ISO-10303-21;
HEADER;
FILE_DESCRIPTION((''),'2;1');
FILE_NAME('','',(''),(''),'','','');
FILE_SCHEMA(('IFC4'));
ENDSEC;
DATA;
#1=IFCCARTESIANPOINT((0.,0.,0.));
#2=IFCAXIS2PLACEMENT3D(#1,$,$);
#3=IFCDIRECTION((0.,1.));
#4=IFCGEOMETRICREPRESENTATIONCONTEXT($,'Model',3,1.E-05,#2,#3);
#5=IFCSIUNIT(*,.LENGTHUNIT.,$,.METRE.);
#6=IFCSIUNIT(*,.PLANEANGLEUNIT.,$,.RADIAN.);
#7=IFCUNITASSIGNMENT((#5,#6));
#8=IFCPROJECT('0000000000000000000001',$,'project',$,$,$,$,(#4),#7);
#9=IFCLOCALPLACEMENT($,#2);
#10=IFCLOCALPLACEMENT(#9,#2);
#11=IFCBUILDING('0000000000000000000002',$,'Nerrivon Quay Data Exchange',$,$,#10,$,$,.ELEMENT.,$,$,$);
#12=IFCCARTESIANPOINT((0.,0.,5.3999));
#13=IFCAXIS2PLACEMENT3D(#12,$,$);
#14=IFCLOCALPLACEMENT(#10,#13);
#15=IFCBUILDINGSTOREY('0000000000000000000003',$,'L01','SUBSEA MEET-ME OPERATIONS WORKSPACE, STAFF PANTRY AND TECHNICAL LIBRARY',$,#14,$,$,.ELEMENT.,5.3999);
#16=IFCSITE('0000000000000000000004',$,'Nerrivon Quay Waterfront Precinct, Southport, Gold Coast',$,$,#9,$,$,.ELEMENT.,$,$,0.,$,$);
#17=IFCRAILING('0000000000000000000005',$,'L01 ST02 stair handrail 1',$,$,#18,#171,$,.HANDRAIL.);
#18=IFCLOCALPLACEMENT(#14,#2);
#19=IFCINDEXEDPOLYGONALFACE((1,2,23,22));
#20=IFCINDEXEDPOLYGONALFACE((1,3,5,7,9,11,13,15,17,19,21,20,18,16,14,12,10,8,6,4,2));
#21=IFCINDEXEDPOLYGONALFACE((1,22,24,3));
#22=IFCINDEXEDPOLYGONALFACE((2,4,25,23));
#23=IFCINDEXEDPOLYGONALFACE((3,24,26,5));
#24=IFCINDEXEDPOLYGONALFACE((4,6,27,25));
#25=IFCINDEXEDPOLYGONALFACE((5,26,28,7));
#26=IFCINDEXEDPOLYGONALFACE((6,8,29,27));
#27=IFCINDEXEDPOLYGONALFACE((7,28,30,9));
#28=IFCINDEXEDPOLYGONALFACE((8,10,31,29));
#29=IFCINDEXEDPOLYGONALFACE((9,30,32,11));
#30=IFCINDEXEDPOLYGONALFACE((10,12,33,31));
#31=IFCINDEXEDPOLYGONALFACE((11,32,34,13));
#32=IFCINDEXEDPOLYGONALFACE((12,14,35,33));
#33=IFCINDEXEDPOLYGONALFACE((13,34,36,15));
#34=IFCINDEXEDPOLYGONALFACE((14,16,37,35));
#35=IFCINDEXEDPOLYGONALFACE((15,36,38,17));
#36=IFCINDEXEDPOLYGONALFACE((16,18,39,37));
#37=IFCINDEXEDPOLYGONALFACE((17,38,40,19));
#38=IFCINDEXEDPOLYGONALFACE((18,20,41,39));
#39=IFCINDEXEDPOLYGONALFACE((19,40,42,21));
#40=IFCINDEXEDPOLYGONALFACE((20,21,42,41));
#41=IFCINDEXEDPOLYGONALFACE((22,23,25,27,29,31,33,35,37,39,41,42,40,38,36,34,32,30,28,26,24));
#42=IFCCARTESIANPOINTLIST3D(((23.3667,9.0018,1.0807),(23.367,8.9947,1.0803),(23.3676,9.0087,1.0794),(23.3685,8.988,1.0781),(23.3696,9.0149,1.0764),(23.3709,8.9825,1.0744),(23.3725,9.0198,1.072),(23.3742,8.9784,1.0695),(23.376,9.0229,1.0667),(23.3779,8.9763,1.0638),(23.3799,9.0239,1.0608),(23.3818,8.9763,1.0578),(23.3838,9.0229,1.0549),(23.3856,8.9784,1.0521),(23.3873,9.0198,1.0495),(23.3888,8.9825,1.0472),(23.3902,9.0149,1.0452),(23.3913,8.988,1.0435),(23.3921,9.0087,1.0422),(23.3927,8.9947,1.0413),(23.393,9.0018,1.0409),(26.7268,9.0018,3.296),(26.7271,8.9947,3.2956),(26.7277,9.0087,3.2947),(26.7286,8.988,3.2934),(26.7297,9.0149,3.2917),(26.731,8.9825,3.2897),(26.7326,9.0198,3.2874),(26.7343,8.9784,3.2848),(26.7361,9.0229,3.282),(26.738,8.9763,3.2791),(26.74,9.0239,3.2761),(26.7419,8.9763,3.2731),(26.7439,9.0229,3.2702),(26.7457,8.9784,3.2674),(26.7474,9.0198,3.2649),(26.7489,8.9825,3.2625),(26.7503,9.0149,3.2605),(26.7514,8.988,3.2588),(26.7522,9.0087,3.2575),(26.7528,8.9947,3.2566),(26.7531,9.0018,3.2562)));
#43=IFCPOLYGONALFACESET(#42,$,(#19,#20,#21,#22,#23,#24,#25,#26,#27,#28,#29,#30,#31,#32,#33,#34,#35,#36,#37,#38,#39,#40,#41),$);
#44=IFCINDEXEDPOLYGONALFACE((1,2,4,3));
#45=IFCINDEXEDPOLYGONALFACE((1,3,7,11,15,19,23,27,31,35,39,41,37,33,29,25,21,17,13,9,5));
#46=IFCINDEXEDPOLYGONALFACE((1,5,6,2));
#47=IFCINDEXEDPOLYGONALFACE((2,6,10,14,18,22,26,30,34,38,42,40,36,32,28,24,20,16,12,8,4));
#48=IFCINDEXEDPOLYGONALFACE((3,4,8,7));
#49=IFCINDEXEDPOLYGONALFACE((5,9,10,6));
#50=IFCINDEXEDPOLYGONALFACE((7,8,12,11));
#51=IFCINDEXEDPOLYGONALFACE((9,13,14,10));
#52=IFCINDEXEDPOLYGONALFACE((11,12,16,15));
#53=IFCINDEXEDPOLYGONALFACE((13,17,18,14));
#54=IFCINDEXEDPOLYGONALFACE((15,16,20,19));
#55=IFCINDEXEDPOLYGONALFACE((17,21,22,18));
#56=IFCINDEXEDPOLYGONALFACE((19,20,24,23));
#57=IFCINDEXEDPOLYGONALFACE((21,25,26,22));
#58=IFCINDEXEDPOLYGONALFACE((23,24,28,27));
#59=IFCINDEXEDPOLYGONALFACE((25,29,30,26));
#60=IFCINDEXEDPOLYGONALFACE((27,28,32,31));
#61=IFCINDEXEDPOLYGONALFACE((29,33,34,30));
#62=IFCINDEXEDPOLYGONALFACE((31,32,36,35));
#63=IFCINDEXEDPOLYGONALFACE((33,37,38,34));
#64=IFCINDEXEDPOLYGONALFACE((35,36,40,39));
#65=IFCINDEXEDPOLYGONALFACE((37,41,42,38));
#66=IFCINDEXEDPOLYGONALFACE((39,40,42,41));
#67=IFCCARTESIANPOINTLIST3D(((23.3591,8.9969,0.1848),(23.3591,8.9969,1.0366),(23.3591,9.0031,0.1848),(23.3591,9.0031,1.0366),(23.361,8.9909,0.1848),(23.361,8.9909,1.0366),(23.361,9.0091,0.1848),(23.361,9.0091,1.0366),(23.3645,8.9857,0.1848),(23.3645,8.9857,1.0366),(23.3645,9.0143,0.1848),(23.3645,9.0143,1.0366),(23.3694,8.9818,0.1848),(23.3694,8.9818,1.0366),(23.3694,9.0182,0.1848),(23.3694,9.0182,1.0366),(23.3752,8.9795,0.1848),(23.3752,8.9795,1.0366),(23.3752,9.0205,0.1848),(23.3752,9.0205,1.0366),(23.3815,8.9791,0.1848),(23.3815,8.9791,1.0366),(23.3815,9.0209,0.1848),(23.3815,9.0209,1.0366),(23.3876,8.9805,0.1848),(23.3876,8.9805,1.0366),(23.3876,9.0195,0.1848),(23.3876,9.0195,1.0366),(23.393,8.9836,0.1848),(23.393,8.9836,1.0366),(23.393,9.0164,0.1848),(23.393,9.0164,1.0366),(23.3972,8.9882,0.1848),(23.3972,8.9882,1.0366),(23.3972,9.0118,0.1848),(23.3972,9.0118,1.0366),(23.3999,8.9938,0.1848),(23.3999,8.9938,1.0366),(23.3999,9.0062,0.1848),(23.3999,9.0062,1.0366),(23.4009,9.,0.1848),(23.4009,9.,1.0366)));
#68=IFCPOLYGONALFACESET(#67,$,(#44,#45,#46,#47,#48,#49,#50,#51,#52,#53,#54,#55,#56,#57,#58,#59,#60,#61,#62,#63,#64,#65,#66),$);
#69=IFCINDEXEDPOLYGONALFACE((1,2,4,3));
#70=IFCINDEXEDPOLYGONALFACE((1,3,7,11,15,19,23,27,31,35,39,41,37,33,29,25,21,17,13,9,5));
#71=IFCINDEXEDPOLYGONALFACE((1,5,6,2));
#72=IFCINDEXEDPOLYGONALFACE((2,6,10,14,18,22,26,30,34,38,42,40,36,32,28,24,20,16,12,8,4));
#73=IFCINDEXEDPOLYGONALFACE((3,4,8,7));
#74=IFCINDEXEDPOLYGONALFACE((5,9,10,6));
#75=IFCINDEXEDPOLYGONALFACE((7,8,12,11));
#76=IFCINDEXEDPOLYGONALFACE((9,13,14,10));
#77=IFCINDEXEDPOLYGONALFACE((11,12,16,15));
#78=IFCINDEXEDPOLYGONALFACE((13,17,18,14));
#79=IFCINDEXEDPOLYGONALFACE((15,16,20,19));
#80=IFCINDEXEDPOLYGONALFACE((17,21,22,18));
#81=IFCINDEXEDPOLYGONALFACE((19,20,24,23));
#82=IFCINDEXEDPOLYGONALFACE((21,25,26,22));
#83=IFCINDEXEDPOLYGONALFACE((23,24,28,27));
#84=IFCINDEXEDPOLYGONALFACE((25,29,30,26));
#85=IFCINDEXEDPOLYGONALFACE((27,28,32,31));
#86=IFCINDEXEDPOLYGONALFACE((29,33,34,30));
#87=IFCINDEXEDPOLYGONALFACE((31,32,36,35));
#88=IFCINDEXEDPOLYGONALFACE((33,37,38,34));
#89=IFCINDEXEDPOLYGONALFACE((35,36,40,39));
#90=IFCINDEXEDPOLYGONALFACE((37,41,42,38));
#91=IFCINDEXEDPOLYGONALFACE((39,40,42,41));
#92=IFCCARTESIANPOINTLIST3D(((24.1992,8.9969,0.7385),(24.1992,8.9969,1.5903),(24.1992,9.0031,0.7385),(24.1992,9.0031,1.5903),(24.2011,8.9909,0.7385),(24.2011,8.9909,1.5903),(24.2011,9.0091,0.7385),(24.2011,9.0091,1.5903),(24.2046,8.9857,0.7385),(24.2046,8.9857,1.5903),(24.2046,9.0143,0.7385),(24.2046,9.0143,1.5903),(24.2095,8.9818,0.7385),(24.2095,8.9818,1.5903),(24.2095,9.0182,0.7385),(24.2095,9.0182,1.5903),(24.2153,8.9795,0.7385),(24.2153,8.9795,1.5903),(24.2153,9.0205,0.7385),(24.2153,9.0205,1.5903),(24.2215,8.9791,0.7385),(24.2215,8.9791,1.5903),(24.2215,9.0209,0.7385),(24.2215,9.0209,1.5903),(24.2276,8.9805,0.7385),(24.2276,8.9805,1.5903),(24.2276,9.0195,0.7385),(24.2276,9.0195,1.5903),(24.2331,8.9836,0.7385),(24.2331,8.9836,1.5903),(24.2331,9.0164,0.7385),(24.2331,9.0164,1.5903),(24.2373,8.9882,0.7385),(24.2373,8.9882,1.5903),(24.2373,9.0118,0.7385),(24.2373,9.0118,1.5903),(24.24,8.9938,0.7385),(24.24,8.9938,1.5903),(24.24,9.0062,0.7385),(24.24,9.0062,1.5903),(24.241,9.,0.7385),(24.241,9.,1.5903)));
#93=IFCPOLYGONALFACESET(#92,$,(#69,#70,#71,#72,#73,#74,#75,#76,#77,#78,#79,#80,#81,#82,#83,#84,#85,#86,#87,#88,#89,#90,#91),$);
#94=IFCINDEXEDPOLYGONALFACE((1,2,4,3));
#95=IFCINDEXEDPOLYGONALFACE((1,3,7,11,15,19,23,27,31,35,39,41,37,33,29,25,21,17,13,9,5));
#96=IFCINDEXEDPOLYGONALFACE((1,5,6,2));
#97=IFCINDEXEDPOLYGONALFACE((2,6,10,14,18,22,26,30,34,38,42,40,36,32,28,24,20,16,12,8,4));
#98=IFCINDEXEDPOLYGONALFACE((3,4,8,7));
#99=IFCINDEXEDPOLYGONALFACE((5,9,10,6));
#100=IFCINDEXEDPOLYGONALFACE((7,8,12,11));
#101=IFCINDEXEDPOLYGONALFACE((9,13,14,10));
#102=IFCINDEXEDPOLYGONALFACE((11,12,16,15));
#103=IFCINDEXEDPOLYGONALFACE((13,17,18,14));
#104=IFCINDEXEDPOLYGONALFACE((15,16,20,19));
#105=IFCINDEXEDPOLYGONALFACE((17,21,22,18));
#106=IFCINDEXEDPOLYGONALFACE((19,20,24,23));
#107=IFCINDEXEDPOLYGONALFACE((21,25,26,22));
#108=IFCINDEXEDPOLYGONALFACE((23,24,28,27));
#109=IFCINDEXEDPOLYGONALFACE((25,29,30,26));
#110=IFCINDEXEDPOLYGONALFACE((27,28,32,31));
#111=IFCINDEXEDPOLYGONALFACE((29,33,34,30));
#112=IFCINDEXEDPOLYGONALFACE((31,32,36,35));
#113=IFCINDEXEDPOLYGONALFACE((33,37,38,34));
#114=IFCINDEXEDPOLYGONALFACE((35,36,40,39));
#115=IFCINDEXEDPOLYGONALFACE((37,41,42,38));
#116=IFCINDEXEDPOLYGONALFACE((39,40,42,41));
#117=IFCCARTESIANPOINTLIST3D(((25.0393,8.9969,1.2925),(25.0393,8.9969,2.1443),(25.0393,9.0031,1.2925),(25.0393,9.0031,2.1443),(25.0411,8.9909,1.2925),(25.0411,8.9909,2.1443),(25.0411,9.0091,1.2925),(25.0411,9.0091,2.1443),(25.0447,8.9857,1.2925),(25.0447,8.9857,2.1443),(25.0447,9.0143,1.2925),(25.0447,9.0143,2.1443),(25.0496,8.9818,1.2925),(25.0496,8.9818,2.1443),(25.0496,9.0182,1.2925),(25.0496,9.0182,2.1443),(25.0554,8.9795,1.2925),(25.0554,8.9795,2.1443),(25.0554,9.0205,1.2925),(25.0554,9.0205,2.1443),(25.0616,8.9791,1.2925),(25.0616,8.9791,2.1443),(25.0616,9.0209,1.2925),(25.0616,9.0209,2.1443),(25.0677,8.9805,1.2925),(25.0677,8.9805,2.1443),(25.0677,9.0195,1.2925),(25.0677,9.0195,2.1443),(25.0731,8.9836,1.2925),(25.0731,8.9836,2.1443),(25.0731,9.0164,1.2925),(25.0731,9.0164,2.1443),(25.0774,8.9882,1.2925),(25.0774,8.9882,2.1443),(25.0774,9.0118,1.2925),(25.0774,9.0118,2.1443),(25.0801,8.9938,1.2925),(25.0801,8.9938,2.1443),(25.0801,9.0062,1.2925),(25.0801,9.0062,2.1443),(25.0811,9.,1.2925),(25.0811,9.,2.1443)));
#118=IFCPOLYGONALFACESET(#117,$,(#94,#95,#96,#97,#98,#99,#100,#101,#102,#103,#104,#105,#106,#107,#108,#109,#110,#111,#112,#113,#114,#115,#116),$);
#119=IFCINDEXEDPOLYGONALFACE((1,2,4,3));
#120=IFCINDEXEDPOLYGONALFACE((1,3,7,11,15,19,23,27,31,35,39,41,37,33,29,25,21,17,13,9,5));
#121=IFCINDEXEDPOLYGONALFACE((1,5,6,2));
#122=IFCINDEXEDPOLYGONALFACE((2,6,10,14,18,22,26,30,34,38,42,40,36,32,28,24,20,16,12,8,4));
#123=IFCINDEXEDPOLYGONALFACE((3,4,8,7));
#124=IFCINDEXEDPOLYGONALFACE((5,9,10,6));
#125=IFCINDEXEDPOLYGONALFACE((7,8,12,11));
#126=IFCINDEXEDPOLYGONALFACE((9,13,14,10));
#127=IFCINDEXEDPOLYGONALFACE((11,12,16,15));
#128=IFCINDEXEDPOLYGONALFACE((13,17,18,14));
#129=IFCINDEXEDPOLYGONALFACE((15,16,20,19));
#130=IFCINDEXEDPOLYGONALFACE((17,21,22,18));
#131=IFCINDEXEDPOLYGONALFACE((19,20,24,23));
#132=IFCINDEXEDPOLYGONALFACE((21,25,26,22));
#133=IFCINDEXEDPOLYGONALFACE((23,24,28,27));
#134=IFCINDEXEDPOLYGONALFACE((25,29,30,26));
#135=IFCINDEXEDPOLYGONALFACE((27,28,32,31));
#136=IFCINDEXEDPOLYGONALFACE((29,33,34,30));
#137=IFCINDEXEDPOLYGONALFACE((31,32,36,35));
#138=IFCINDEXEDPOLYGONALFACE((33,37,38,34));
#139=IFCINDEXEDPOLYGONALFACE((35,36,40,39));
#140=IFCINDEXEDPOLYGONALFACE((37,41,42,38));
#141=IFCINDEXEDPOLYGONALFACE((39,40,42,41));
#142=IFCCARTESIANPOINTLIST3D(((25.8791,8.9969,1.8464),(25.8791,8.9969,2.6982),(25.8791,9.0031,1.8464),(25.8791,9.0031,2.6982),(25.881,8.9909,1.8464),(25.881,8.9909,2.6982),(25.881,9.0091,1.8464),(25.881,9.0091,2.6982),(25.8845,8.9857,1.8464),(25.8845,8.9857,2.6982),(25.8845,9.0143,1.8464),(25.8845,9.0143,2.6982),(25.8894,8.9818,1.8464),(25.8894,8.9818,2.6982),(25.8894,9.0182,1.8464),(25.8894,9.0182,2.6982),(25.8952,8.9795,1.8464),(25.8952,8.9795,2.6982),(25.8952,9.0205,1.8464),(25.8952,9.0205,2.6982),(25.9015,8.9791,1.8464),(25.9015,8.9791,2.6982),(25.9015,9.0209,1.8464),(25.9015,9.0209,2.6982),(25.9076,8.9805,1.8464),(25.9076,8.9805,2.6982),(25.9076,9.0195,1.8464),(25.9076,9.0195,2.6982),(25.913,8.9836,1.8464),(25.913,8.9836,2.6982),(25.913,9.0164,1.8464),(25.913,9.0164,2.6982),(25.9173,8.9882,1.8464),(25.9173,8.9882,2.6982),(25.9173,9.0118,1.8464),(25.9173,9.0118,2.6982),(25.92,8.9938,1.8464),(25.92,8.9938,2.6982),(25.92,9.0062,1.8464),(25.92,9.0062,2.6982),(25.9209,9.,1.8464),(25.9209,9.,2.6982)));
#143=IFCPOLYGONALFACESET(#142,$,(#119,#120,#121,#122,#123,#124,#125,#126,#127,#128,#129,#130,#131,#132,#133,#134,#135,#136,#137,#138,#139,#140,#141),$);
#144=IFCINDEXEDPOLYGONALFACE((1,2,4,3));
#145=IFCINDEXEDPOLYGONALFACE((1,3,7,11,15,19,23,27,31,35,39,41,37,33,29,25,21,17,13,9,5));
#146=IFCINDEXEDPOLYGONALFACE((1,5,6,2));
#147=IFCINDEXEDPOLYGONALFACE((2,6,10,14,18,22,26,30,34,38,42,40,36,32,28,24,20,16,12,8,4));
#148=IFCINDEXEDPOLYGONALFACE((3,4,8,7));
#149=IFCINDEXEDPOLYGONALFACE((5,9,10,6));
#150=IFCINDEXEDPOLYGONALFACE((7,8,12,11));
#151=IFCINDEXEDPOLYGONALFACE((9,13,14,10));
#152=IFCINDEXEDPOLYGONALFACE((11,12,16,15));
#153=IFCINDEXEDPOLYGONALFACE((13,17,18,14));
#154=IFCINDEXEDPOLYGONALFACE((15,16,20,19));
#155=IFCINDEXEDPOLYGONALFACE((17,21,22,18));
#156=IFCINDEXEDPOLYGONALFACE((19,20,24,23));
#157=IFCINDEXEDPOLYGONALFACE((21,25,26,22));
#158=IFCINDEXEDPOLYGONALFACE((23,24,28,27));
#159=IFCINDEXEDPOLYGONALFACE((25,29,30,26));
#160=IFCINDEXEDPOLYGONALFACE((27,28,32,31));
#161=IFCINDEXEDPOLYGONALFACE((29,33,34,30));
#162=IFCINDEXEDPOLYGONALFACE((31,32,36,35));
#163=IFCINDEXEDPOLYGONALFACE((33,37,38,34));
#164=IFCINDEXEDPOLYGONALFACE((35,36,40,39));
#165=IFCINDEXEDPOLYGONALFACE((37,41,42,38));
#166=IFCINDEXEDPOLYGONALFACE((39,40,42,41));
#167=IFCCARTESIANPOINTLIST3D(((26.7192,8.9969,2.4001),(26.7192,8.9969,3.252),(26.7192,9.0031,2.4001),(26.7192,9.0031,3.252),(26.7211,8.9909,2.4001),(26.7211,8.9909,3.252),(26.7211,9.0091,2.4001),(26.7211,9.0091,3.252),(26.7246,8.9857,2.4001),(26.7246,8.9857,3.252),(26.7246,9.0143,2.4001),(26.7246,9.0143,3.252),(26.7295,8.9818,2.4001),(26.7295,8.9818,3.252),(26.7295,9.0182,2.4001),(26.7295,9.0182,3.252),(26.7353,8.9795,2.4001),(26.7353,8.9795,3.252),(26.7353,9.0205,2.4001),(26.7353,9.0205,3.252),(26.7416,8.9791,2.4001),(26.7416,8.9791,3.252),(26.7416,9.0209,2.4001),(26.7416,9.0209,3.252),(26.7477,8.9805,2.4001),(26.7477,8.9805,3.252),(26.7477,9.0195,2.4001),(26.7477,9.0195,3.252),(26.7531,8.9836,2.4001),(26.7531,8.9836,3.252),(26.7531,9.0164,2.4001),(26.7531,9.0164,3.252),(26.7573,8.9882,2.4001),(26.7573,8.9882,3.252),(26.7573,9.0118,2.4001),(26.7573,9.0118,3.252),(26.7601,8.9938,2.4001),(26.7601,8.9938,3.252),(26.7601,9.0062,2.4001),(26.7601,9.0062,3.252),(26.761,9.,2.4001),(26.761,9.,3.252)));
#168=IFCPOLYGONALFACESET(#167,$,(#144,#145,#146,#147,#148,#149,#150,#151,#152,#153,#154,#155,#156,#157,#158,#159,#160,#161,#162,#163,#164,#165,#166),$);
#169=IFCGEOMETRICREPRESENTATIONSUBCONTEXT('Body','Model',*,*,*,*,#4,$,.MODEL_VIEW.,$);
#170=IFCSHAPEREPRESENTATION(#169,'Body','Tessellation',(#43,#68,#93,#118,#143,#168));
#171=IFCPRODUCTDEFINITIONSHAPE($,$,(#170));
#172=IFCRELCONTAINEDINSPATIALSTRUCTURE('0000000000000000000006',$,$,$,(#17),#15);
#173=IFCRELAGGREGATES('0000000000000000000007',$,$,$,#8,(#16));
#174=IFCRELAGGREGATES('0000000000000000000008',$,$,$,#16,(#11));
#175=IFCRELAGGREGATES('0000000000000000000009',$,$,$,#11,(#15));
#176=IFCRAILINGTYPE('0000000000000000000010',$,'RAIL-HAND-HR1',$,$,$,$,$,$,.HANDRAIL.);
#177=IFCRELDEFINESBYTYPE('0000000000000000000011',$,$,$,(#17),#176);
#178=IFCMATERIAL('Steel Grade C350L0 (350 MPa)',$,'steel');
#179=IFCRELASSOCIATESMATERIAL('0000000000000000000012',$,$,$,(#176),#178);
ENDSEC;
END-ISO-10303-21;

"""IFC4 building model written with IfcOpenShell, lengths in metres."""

from ifc_helpers import new_model, si_unit, direction, frame, origin, origin_2d, place, context, subcontext, project, spatial, circle, extrude, material, type_object, element, save


model = new_model("IFC4")

# Units and contexts
model_context = context("Model", 3, precision=1e-05, world=origin(), true_north=direction((0.0, 1.0)))
body_context = subcontext(model_context, "Body", "Model", "MODEL_VIEW")
ifc_project = project(units=[si_unit("LENGTHUNIT", "METRE"), si_unit("PLANEANGLEUNIT", "RADIAN")], contexts=[model_context])

# Site, building, storey
site_placement = place(None, origin())
site = spatial("IfcSite", under=ifc_project, at=site_placement, Name="Nerrivon Quay Waterfront Precinct, Southport, Gold Coast", CompositionType="ELEMENT", RefElevation=0.0)
building_placement = place(site_placement, origin())
building = spatial("IfcBuilding", under=site, at=building_placement, Name="Nerrivon Quay Data Exchange", CompositionType="ELEMENT")
storey_placement = place(building_placement, frame((0.0, 0.0, 5.3999)))
storey = spatial("IfcBuildingStorey", under=building, at=storey_placement, Name="L01", Description="SUBSEA MEET-ME OPERATIONS WORKSPACE, STAFF PANTRY AND TECHNICAL LIBRARY", CompositionType="ELEMENT", Elevation=5.3999)

# Railing
ifc_material_1 = material(Name="Steel Grade C350L0 (350 MPa)", Category="steel")
railing_type = type_object("IfcRailingType", Name="RAIL-HAND-HR1", PredefinedType="HANDRAIL", material=ifc_material_1)
railing_placement = place(storey_placement, frame((23.3799, 9.0, 0.1848)))
element("IfcRailing", 1, at=railing_placement, inside=storey, type_object=railing_type, Name="L01 ST02 stair handrail 1", PredefinedType="HANDRAIL", context=body_context, shape_type="SweptSolid", body=[
    extrude(circle(Radius=0.0239, at=origin_2d()), frame((0.0, 0.0, 0.876), z_axis=(0.834876, 0.0, 0.550437), x_axis=(0.0, 1.0, 0.0)), (0.0, 0.0, 1.0), 4.0247),
    extrude(circle(Radius=0.021, at=origin_2d()), origin(), (0.0, 0.0, 1.0), 0.8518),
    extrude(circle(Radius=0.021, at=origin_2d()), frame((0.8401, 0.0, 0.5537)), (0.0, 0.0, 1.0), 0.8518),
    extrude(circle(Radius=0.021, at=origin_2d()), frame((1.6802, 0.0, 1.1077)), (0.0, 0.0, 1.0), 0.8518),
    extrude(circle(Radius=0.021, at=origin_2d()), frame((2.52, 0.0, 1.6616)), (0.0, 0.0, 1.0), 0.8518),
    extrude(circle(Radius=0.021, at=origin_2d()), frame((3.3601, 0.0, 2.2153)), (0.0, 0.0, 1.0), 0.8518),
])

save(model, "model.ifc")
